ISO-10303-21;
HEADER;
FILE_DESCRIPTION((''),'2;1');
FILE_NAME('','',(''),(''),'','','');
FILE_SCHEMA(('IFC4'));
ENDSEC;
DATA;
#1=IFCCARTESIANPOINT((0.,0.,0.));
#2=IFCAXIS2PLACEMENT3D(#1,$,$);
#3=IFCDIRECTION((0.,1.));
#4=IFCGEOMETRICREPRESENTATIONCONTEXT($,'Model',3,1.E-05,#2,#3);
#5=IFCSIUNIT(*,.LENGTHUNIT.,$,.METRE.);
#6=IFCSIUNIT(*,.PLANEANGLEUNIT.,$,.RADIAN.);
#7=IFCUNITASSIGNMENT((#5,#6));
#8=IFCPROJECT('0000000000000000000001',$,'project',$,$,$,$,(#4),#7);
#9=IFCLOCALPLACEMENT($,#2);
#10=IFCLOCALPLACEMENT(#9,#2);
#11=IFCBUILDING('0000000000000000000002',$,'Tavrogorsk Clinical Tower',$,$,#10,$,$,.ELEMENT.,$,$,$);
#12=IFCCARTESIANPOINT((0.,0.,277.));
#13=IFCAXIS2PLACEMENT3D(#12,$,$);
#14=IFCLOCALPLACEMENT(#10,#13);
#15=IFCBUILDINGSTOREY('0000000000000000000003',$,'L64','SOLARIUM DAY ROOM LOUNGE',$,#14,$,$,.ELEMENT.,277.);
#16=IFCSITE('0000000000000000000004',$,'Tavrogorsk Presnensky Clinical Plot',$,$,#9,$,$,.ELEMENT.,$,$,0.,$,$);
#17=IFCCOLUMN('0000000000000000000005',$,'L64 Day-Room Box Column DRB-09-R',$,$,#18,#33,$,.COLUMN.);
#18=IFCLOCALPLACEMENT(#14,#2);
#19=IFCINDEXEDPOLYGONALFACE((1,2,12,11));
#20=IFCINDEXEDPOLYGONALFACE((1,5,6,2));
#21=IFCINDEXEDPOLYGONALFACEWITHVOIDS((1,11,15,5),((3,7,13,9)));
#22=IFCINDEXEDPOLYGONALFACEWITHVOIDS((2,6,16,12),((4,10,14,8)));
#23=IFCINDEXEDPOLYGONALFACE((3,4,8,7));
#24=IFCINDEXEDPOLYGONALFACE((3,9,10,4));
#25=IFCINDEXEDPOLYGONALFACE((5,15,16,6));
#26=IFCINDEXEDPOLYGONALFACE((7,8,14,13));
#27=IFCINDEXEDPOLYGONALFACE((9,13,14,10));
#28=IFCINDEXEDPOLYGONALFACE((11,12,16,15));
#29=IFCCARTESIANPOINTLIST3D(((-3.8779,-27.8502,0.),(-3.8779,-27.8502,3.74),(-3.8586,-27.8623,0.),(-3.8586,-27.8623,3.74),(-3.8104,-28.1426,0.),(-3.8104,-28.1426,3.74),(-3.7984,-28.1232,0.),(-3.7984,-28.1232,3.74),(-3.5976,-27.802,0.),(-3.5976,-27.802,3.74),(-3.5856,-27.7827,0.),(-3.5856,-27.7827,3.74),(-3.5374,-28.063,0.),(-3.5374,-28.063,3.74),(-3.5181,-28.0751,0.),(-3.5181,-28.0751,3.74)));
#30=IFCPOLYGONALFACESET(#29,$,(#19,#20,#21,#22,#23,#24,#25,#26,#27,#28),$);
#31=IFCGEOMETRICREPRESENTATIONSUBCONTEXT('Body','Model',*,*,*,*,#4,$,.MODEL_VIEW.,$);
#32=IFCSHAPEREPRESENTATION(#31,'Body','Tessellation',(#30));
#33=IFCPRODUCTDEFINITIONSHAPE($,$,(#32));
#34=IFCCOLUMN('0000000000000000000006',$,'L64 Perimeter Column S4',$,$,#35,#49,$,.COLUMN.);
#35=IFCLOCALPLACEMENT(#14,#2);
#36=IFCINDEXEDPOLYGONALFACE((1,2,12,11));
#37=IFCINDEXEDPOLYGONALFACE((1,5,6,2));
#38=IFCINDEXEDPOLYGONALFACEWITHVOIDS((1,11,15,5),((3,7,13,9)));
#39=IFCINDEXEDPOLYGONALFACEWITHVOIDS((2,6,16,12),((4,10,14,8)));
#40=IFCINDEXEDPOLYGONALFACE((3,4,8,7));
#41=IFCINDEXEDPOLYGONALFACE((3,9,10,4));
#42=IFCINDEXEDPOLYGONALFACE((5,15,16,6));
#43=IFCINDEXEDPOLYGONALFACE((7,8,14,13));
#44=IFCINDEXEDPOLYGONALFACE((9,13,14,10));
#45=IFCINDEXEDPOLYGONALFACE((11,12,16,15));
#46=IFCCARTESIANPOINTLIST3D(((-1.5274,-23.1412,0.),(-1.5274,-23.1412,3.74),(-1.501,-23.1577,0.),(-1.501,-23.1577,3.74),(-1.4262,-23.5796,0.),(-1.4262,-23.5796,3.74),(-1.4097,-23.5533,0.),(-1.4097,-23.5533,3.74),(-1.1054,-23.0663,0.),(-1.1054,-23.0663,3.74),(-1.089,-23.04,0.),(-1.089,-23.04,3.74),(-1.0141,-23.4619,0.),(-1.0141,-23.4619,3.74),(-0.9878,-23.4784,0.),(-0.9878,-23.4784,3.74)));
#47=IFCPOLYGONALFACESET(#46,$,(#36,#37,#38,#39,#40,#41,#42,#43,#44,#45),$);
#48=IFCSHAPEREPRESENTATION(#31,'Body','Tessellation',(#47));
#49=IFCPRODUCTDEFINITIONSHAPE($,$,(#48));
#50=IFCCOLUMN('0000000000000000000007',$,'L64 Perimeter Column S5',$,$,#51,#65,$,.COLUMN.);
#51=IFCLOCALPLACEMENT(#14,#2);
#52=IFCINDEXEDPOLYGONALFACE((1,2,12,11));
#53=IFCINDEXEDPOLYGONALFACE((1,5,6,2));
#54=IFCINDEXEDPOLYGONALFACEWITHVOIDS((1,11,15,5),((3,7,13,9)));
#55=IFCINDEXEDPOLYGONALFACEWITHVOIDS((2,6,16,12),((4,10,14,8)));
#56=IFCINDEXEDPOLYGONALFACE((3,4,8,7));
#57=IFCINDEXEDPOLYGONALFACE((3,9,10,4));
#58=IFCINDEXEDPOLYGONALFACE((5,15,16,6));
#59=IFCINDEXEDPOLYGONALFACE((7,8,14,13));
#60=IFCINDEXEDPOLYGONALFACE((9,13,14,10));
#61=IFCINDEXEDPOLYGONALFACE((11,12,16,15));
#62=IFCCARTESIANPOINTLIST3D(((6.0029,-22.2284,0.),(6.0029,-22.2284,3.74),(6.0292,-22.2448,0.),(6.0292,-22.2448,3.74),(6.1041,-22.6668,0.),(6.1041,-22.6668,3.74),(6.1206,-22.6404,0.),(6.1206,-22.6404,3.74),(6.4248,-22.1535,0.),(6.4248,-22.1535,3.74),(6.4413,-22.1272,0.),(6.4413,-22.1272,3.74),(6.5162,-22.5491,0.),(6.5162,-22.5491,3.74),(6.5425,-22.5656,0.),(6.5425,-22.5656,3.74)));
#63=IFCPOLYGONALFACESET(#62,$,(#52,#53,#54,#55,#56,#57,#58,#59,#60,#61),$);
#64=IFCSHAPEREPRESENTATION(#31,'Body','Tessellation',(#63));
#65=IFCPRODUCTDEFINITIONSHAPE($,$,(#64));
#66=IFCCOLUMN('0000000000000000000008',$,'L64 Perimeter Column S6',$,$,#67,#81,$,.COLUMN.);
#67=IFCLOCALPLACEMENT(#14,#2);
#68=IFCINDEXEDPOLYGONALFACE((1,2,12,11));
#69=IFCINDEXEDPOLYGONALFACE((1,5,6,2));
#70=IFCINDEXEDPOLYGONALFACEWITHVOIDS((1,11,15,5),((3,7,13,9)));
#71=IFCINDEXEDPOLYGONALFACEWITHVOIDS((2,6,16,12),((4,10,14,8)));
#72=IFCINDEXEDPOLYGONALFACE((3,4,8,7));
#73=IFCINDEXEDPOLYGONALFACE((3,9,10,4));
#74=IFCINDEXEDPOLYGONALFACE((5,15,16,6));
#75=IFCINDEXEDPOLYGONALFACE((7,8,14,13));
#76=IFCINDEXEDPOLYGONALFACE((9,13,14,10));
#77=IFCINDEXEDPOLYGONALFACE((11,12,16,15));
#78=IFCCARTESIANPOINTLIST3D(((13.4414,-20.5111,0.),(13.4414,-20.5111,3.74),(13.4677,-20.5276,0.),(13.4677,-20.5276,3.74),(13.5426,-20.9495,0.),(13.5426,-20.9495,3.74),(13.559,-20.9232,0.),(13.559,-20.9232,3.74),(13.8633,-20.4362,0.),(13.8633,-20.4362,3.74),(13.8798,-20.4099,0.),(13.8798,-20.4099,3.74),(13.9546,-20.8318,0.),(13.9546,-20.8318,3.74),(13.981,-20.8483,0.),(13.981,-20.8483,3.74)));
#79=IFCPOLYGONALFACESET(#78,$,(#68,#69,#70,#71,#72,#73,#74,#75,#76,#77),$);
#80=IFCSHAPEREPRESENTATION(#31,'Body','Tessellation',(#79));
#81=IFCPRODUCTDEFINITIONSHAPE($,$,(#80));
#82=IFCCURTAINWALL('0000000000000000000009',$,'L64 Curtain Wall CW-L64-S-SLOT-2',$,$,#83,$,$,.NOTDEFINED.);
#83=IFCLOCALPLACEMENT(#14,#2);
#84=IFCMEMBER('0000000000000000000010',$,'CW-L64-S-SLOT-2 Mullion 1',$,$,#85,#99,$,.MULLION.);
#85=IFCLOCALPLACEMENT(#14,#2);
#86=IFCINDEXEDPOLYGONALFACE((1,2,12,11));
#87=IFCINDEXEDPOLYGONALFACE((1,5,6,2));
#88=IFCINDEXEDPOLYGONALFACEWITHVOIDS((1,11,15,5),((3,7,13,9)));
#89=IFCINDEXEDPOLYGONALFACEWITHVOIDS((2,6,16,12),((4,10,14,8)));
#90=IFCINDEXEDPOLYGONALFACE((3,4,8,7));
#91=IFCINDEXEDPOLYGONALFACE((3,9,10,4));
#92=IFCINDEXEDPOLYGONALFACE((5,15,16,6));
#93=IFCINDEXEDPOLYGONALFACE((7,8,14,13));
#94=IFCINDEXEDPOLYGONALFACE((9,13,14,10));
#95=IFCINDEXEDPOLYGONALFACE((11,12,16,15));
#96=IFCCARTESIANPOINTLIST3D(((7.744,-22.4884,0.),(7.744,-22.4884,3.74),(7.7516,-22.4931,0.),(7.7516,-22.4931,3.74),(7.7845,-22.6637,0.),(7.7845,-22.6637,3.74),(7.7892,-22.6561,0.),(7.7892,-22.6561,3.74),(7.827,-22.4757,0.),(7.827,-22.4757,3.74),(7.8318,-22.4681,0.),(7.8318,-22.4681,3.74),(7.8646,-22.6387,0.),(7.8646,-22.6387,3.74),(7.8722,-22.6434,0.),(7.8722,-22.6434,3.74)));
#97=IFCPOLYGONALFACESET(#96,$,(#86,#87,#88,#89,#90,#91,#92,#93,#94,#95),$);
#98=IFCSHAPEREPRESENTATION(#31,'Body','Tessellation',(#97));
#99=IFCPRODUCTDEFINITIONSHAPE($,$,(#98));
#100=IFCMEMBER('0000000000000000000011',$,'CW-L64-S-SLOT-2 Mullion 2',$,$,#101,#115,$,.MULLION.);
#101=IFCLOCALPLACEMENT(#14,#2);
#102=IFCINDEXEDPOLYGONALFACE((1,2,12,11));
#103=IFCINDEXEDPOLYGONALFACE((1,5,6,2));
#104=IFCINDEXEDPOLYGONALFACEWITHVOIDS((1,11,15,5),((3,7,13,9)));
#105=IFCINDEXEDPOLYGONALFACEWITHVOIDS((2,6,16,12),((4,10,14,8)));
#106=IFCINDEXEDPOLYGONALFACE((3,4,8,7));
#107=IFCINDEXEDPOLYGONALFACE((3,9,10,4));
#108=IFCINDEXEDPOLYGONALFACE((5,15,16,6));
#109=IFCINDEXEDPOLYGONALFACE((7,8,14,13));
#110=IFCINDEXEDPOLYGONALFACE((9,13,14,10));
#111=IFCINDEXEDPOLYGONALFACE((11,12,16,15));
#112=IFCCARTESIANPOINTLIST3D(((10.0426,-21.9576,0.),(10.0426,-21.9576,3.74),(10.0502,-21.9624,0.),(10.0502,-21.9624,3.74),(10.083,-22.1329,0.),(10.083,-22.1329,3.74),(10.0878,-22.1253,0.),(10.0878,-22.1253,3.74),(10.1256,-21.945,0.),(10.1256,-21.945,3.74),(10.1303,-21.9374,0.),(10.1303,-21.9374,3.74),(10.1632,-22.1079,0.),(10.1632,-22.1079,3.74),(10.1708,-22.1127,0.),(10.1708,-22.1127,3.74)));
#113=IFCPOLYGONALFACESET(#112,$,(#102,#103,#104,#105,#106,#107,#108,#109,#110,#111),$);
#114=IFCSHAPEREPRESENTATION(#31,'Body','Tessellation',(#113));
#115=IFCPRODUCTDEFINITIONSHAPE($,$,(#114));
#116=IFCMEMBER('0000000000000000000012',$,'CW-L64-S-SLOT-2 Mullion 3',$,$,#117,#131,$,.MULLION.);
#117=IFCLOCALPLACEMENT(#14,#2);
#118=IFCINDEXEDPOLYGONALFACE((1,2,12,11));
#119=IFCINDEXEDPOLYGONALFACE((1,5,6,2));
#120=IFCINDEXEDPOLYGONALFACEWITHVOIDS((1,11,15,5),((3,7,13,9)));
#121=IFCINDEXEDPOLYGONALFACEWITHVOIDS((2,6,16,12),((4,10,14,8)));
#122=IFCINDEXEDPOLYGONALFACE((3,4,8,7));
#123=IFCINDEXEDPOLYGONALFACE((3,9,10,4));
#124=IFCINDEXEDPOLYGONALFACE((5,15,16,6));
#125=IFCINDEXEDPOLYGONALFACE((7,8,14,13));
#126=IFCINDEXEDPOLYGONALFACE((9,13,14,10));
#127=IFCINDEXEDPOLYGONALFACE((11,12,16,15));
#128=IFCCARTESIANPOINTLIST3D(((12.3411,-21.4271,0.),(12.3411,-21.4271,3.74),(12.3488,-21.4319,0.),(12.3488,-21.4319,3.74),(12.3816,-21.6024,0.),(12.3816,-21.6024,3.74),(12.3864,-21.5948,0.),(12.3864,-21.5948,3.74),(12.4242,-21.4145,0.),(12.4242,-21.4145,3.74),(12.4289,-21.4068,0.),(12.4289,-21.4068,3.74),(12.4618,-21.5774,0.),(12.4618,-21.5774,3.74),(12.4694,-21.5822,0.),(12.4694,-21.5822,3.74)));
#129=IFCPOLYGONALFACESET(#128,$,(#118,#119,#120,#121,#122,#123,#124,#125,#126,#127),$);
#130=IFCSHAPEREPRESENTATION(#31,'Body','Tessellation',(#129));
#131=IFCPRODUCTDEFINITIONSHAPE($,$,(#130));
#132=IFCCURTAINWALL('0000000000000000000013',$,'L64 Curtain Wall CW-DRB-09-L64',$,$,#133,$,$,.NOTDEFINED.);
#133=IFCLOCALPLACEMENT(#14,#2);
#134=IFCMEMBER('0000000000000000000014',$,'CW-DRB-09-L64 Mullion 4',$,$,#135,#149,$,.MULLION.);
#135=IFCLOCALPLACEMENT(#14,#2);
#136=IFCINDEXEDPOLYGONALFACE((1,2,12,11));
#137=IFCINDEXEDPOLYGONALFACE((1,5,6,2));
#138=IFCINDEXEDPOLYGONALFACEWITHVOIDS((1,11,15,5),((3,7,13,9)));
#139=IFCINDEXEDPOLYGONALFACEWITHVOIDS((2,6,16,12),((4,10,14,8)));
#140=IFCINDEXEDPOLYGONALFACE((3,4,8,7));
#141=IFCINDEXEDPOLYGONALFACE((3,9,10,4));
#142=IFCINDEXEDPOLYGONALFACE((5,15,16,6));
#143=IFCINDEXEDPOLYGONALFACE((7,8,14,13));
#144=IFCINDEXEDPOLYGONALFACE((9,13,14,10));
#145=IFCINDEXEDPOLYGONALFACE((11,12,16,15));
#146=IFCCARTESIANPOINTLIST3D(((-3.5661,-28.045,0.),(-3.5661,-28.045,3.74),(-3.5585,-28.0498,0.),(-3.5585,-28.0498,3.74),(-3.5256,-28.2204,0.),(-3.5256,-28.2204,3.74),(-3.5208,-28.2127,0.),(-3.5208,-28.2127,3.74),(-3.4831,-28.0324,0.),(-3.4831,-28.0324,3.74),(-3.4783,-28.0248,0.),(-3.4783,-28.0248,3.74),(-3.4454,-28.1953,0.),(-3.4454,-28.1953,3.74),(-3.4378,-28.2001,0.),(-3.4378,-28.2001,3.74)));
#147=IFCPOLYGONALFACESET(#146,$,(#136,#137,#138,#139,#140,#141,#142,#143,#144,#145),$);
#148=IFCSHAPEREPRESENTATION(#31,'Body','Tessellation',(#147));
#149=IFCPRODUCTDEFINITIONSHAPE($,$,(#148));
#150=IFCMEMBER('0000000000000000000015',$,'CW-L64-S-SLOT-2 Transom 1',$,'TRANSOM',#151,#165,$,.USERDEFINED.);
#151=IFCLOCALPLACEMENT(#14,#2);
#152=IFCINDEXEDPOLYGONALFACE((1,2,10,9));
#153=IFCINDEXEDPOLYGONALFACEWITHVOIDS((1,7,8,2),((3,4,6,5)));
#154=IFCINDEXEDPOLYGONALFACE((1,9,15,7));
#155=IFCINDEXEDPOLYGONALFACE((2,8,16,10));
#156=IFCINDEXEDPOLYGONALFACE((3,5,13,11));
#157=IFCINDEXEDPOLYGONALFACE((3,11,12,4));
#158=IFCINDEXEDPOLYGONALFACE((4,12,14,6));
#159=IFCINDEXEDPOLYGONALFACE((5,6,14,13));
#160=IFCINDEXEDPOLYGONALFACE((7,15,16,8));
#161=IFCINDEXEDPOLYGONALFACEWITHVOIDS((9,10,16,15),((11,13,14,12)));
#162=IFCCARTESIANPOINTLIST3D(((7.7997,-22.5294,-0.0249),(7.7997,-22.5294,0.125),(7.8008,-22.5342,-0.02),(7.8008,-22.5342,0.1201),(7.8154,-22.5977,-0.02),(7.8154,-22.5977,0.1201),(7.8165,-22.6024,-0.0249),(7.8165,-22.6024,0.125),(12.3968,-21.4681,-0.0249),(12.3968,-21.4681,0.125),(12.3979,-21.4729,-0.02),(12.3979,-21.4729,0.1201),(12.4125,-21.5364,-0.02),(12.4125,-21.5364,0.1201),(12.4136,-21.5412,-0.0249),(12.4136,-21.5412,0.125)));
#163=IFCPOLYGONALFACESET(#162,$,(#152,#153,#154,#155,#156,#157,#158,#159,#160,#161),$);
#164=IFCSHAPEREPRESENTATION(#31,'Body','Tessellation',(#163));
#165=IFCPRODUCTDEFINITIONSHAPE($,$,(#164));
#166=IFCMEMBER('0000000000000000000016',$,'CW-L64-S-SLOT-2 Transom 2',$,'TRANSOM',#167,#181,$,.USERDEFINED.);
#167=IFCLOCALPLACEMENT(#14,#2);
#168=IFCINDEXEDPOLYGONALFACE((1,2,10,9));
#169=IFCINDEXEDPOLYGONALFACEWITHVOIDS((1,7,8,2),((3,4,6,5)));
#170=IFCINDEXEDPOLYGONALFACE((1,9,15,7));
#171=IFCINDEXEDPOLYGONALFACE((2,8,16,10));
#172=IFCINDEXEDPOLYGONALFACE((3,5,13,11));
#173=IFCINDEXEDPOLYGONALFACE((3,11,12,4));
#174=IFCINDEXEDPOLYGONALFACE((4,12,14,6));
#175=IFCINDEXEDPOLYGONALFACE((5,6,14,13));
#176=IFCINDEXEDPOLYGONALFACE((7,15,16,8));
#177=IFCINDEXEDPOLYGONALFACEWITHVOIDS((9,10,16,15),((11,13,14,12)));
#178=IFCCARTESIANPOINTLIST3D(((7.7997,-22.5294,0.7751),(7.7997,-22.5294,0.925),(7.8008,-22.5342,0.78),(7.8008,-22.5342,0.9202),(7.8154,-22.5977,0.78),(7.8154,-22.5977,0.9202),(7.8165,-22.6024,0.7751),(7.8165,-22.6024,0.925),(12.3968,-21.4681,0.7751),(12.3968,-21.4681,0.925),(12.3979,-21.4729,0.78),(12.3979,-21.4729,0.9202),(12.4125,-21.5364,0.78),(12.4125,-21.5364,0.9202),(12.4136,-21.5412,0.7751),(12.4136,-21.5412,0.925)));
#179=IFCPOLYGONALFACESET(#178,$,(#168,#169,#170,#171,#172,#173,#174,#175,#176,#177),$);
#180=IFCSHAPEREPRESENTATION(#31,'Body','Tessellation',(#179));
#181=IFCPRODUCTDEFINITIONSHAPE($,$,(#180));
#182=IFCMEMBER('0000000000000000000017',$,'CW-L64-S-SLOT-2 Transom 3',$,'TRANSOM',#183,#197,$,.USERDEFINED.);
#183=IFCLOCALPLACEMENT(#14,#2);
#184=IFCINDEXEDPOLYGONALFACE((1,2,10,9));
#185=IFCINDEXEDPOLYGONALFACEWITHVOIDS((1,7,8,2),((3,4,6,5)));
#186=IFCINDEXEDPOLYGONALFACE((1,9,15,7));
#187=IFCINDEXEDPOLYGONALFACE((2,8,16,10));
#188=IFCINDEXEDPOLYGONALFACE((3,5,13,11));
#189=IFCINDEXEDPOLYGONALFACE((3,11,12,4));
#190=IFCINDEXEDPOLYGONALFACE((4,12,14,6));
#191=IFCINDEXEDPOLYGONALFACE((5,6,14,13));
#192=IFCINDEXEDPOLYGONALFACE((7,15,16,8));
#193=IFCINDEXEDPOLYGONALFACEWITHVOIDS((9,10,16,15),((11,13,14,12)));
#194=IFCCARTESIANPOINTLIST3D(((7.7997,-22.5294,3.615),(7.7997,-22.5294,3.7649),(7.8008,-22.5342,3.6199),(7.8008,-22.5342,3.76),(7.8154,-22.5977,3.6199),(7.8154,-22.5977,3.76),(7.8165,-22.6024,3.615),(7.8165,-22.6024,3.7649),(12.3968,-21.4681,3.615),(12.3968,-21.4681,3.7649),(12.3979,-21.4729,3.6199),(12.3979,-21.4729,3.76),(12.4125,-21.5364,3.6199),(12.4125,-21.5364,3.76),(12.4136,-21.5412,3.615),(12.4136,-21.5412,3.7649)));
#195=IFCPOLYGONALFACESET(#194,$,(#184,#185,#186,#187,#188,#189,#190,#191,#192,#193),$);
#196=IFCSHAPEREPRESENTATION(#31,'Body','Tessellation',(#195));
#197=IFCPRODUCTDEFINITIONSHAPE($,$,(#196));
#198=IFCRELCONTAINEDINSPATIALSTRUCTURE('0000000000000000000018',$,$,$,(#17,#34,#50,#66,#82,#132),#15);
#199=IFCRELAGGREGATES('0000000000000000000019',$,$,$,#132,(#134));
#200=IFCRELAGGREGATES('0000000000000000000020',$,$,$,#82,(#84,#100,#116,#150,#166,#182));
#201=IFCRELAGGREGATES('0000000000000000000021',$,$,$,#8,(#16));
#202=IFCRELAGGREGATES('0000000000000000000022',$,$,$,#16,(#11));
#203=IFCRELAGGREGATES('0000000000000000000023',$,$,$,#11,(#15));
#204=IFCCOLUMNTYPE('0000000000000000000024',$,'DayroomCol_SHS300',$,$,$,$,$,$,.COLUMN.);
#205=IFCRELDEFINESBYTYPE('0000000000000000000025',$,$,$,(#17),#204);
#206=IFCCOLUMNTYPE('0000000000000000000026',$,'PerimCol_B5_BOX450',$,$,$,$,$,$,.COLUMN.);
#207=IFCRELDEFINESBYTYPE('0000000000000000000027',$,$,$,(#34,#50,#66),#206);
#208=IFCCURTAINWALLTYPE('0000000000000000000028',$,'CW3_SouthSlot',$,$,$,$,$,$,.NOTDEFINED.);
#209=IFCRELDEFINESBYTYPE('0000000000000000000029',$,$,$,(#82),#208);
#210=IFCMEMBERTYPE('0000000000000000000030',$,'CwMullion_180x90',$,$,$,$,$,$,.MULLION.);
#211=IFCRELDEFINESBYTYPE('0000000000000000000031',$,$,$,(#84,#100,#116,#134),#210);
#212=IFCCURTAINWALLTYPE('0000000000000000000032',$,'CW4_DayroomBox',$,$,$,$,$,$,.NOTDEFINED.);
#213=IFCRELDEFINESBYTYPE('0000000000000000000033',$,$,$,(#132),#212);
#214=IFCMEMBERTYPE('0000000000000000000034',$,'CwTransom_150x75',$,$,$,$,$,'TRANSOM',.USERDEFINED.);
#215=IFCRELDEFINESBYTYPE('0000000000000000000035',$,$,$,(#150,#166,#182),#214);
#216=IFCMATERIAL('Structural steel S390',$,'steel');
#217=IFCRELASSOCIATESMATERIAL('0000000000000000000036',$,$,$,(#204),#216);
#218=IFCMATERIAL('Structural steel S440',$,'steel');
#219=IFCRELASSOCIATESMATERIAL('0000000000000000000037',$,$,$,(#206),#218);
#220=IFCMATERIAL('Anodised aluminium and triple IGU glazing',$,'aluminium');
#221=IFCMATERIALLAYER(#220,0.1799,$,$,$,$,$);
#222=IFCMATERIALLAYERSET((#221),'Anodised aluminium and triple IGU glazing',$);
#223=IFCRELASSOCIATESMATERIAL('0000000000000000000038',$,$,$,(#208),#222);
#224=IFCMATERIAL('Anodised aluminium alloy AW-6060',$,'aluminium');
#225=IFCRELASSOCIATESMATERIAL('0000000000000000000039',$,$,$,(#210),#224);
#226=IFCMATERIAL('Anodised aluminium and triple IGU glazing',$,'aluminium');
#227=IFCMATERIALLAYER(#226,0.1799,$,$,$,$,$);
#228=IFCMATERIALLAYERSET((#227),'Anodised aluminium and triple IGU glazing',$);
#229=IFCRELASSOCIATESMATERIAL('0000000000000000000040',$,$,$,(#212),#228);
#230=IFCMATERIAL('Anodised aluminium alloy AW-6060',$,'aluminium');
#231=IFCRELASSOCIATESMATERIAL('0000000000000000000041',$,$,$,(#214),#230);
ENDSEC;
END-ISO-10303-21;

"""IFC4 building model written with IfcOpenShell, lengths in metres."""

from ifc_helpers import new_model, si_unit, direction, frame, origin, origin_2d, place, context, subcontext, project, spatial, hollow_rectangle, extrude, material, layer, layer_set, material_profile, profile_set, type_object, element, aggregate, save


model = new_model("IFC4")

# Units and contexts
model_context = context("Model", 3, precision=1e-05, world=origin(), true_north=direction((0.0, 1.0)))
body_context = subcontext(model_context, "Body", "Model", "MODEL_VIEW")
ifc_project = project(units=[si_unit("LENGTHUNIT", "METRE"), si_unit("PLANEANGLEUNIT", "RADIAN")], contexts=[model_context])

# Site, building, storey
site_placement = place(None, origin())
site = spatial("IfcSite", under=ifc_project, at=site_placement, Name="Tavrogorsk Presnensky Clinical Plot", CompositionType="ELEMENT", RefElevation=0.0)
building_placement = place(site_placement, origin())
building = spatial("IfcBuilding", under=site, at=building_placement, Name="Tavrogorsk Clinical Tower", CompositionType="ELEMENT")
storey_placement = place(building_placement, frame((0.0, 0.0, 277.0)))
storey = spatial("IfcBuildingStorey", under=building, at=storey_placement, Name="L64", Description="SOLARIUM DAY ROOM LOUNGE", CompositionType="ELEMENT", Elevation=277.0)

# Columns
ifc_material_1 = material(Name="Structural steel S390", Category="steel")
ifc_material_profile_1 = material_profile(ifc_material_1, hollow_rectangle(XDim=0.3, YDim=0.3, WallThickness=0.0161, at=origin_2d()), Name="SHS-300x300x16")
ifc_profile_set_1 = profile_set([ifc_material_profile_1], Name="Structural steel S390")
column_type_1 = type_object("IfcColumnType", Name="DayroomCol_SHS300", PredefinedType="COLUMN", material=ifc_profile_set_1)
column_placement = place(storey_placement, frame((-3.698, -27.9626, 0.0), z_axis=(0.0, 0.0, 1.0), x_axis=(0.97437, 0.224951, 0.0)))
element("IfcColumn", 1, at=column_placement, inside=storey, type_object=column_type_1, Name="L64 Day-Room Box Column DRB-09-R", PredefinedType="COLUMN", context=body_context, shape_type="SweptSolid", body=[
    extrude(hollow_rectangle(XDim=0.3, YDim=0.3, WallThickness=0.0161, at=origin_2d()), origin(), (0.0, 0.0, 1.0), 3.74),
])
ifc_material_2 = material(Name="Structural steel S440", Category="steel")
ifc_material_profile_2 = material_profile(ifc_material_2, hollow_rectangle(XDim=0.45, YDim=0.45, WallThickness=0.022, at=origin_2d()), Name="BOX-450x450x22")
ifc_profile_set_2 = profile_set([ifc_material_profile_2], Name="Structural steel S440")
column_type_2 = type_object("IfcColumnType", Name="PerimCol_B5_BOX450", PredefinedType="COLUMN", material=ifc_profile_set_2)
for number, where, z_axis, x_axis, name in (
    (2, (-1.2576, -23.3098, 0.0), (0.0, 0.0, 1.0), (0.97437, 0.224951, 0.0), "L64 Perimeter Column S4"),
    (3, (6.2727, -22.397, 0.0), (0.0, 0.0, 1.0), (0.97437, 0.224951, 0.0), "L64 Perimeter Column S5"),
    (4, (13.7112, -20.6797, 0.0), (0.0, 0.0, 1.0), (0.97437, 0.224951, 0.0), "L64 Perimeter Column S6"),
):
    element("IfcColumn", number, at=place(storey_placement, frame(where, z_axis=z_axis, x_axis=x_axis)), inside=storey, type_object=column_type_2, Name=name, PredefinedType="COLUMN", context=body_context, shape_type="SweptSolid", body=[
        extrude(hollow_rectangle(XDim=0.45, YDim=0.45, WallThickness=0.022, at=origin_2d()), origin(), (0.0, 0.0, 1.0), 3.74),
    ])

# Curtain wall, members
ifc_material_3 = material(Name="Anodised aluminium and triple IGU glazing", Category="aluminium")
ifc_layer_1 = layer(ifc_material_3, 0.1799)
ifc_layer_set_1 = layer_set([ifc_layer_1], Name="Anodised aluminium and triple IGU glazing")
curtain_wall_type_1 = type_object("IfcCurtainWallType", Name="CW3_SouthSlot", PredefinedType="NOTDEFINED", material=ifc_layer_set_1)
curtain_wall_1_placement = place(storey_placement, origin())
curtain_wall_1 = element("IfcCurtainWall", 5, at=curtain_wall_1_placement, inside=storey, type_object=curtain_wall_type_1, Name="L64 Curtain Wall CW-L64-S-SLOT-2", PredefinedType="NOTDEFINED")
ifc_material_4 = material(Name="Anodised aluminium alloy AW-6060", Category="aluminium")
ifc_material_profile_3 = material_profile(ifc_material_4, hollow_rectangle(XDim=0.0901, YDim=0.1799, WallThickness=0.0063, at=origin_2d()), Name="RHS-180x90x6.3")
ifc_profile_set_3 = profile_set([ifc_material_profile_3], Name="Anodised aluminium alloy AW-6060")
member_type_1 = type_object("IfcMemberType", Name="CwMullion_180x90", PredefinedType="MULLION", material=ifc_profile_set_3)
member_1_placement = place(storey_placement, frame((7.8081, -22.5659, 0.0), z_axis=(0.0, 0.0, 1.0), x_axis=(0.97437, 0.224951, 0.0)))
member_1 = element("IfcMember", 6, at=member_1_placement, type_object=member_type_1, Name="CW-L64-S-SLOT-2 Mullion 1", PredefinedType="MULLION", context=body_context, shape_type="SweptSolid", body=[
    extrude(hollow_rectangle(XDim=0.0901, YDim=0.1799, WallThickness=0.0063, at=origin_2d()), origin(), (0.0, 0.0, 1.0), 3.74),
])
member_2_placement = place(storey_placement, frame((10.1067, -22.0352, 0.0), z_axis=(0.0, 0.0, 1.0), x_axis=(0.97437, 0.224951, 0.0)))
member_2 = element("IfcMember", 7, at=member_2_placement, type_object=member_type_1, Name="CW-L64-S-SLOT-2 Mullion 2", PredefinedType="MULLION", context=body_context, shape_type="SweptSolid", body=[
    extrude(hollow_rectangle(XDim=0.0901, YDim=0.1799, WallThickness=0.0063, at=origin_2d()), origin(), (0.0, 0.0, 1.0), 3.74),
])
member_3_placement = place(storey_placement, frame((12.4053, -21.5046, 0.0), z_axis=(0.0, 0.0, 1.0), x_axis=(0.97437, 0.224951, 0.0)))
member_3 = element("IfcMember", 8, at=member_3_placement, type_object=member_type_1, Name="CW-L64-S-SLOT-2 Mullion 3", PredefinedType="MULLION", context=body_context, shape_type="SweptSolid", body=[
    extrude(hollow_rectangle(XDim=0.0901, YDim=0.1799, WallThickness=0.0063, at=origin_2d()), origin(), (0.0, 0.0, 1.0), 3.74),
])

# Curtain wall, member
ifc_material_5 = material(Name="Anodised aluminium and triple IGU glazing", Category="aluminium")
ifc_layer_2 = layer(ifc_material_5, 0.1799)
ifc_layer_set_2 = layer_set([ifc_layer_2], Name="Anodised aluminium and triple IGU glazing")
curtain_wall_type_2 = type_object("IfcCurtainWallType", Name="CW4_DayroomBox", PredefinedType="NOTDEFINED", material=ifc_layer_set_2)
curtain_wall_2_placement = place(storey_placement, origin())
curtain_wall_2 = element("IfcCurtainWall", 9, at=curtain_wall_2_placement, inside=storey, type_object=curtain_wall_type_2, Name="L64 Curtain Wall CW-DRB-09-L64", PredefinedType="NOTDEFINED")
member_4_placement = place(storey_placement, frame((-3.502, -28.1226, 0.0), z_axis=(0.0, 0.0, 1.0), x_axis=(0.97437, 0.224951, 0.0)))
member_4 = element("IfcMember", 10, at=member_4_placement, type_object=member_type_1, Name="CW-DRB-09-L64 Mullion 4", PredefinedType="MULLION", context=body_context, shape_type="SweptSolid", body=[
    extrude(hollow_rectangle(XDim=0.0901, YDim=0.1799, WallThickness=0.0063, at=origin_2d()), origin(), (0.0, 0.0, 1.0), 3.74),
])
aggregate(curtain_wall_2, [member_4])

# Members
ifc_material_6 = material(Name="Anodised aluminium alloy AW-6060", Category="aluminium")
ifc_material_profile_4 = material_profile(ifc_material_6, hollow_rectangle(XDim=0.075, YDim=0.1499, WallThickness=0.0049, at=origin_2d()), Name="RHS-150x75x5")
ifc_profile_set_4 = profile_set([ifc_material_profile_4], Name="Anodised aluminium alloy AW-6060")
member_type_2 = type_object("IfcMemberType", Name="CwTransom_150x75", ElementType="TRANSOM", PredefinedType="USERDEFINED", material=ifc_profile_set_4)
member_5_placement = place(storey_placement, frame((7.8081, -22.5659, 0.05), z_axis=(0.974373, 0.224939, 0.0), x_axis=(-0.224939, 0.974373, 0.0)))
member_5 = element("IfcMember", 11, at=member_5_placement, type_object=member_type_2, Name="CW-L64-S-SLOT-2 Transom 1", ObjectType="TRANSOM", PredefinedType="USERDEFINED", context=body_context, shape_type="SweptSolid", body=[
    extrude(hollow_rectangle(XDim=0.075, YDim=0.1499, WallThickness=0.0049, at=origin_2d()), origin(), (0.0, 0.0, 1.0), 4.718),
])
member_6_placement = place(storey_placement, frame((7.8081, -22.5659, 0.8501), z_axis=(0.974373, 0.224939, 0.0), x_axis=(-0.224939, 0.974373, 0.0)))
member_6 = element("IfcMember", 12, at=member_6_placement, type_object=member_type_2, Name="CW-L64-S-SLOT-2 Transom 2", ObjectType="TRANSOM", PredefinedType="USERDEFINED", context=body_context, shape_type="SweptSolid", body=[
    extrude(hollow_rectangle(XDim=0.075, YDim=0.1499, WallThickness=0.0049, at=origin_2d()), origin(), (0.0, 0.0, 1.0), 4.718),
])
member_7_placement = place(storey_placement, frame((7.8081, -22.5659, 3.6899), z_axis=(0.974373, 0.224939, 0.0), x_axis=(-0.224939, 0.974373, 0.0)))
member_7 = element("IfcMember", 13, at=member_7_placement, type_object=member_type_2, Name="CW-L64-S-SLOT-2 Transom 3", ObjectType="TRANSOM", PredefinedType="USERDEFINED", context=body_context, shape_type="SweptSolid", body=[
    extrude(hollow_rectangle(XDim=0.075, YDim=0.1499, WallThickness=0.0049, at=origin_2d()), origin(), (0.0, 0.0, 1.0), 4.718),
])

aggregate(curtain_wall_1, [member_1, member_2, member_3, member_5, member_6, member_7])

save(model, "model.ifc")
